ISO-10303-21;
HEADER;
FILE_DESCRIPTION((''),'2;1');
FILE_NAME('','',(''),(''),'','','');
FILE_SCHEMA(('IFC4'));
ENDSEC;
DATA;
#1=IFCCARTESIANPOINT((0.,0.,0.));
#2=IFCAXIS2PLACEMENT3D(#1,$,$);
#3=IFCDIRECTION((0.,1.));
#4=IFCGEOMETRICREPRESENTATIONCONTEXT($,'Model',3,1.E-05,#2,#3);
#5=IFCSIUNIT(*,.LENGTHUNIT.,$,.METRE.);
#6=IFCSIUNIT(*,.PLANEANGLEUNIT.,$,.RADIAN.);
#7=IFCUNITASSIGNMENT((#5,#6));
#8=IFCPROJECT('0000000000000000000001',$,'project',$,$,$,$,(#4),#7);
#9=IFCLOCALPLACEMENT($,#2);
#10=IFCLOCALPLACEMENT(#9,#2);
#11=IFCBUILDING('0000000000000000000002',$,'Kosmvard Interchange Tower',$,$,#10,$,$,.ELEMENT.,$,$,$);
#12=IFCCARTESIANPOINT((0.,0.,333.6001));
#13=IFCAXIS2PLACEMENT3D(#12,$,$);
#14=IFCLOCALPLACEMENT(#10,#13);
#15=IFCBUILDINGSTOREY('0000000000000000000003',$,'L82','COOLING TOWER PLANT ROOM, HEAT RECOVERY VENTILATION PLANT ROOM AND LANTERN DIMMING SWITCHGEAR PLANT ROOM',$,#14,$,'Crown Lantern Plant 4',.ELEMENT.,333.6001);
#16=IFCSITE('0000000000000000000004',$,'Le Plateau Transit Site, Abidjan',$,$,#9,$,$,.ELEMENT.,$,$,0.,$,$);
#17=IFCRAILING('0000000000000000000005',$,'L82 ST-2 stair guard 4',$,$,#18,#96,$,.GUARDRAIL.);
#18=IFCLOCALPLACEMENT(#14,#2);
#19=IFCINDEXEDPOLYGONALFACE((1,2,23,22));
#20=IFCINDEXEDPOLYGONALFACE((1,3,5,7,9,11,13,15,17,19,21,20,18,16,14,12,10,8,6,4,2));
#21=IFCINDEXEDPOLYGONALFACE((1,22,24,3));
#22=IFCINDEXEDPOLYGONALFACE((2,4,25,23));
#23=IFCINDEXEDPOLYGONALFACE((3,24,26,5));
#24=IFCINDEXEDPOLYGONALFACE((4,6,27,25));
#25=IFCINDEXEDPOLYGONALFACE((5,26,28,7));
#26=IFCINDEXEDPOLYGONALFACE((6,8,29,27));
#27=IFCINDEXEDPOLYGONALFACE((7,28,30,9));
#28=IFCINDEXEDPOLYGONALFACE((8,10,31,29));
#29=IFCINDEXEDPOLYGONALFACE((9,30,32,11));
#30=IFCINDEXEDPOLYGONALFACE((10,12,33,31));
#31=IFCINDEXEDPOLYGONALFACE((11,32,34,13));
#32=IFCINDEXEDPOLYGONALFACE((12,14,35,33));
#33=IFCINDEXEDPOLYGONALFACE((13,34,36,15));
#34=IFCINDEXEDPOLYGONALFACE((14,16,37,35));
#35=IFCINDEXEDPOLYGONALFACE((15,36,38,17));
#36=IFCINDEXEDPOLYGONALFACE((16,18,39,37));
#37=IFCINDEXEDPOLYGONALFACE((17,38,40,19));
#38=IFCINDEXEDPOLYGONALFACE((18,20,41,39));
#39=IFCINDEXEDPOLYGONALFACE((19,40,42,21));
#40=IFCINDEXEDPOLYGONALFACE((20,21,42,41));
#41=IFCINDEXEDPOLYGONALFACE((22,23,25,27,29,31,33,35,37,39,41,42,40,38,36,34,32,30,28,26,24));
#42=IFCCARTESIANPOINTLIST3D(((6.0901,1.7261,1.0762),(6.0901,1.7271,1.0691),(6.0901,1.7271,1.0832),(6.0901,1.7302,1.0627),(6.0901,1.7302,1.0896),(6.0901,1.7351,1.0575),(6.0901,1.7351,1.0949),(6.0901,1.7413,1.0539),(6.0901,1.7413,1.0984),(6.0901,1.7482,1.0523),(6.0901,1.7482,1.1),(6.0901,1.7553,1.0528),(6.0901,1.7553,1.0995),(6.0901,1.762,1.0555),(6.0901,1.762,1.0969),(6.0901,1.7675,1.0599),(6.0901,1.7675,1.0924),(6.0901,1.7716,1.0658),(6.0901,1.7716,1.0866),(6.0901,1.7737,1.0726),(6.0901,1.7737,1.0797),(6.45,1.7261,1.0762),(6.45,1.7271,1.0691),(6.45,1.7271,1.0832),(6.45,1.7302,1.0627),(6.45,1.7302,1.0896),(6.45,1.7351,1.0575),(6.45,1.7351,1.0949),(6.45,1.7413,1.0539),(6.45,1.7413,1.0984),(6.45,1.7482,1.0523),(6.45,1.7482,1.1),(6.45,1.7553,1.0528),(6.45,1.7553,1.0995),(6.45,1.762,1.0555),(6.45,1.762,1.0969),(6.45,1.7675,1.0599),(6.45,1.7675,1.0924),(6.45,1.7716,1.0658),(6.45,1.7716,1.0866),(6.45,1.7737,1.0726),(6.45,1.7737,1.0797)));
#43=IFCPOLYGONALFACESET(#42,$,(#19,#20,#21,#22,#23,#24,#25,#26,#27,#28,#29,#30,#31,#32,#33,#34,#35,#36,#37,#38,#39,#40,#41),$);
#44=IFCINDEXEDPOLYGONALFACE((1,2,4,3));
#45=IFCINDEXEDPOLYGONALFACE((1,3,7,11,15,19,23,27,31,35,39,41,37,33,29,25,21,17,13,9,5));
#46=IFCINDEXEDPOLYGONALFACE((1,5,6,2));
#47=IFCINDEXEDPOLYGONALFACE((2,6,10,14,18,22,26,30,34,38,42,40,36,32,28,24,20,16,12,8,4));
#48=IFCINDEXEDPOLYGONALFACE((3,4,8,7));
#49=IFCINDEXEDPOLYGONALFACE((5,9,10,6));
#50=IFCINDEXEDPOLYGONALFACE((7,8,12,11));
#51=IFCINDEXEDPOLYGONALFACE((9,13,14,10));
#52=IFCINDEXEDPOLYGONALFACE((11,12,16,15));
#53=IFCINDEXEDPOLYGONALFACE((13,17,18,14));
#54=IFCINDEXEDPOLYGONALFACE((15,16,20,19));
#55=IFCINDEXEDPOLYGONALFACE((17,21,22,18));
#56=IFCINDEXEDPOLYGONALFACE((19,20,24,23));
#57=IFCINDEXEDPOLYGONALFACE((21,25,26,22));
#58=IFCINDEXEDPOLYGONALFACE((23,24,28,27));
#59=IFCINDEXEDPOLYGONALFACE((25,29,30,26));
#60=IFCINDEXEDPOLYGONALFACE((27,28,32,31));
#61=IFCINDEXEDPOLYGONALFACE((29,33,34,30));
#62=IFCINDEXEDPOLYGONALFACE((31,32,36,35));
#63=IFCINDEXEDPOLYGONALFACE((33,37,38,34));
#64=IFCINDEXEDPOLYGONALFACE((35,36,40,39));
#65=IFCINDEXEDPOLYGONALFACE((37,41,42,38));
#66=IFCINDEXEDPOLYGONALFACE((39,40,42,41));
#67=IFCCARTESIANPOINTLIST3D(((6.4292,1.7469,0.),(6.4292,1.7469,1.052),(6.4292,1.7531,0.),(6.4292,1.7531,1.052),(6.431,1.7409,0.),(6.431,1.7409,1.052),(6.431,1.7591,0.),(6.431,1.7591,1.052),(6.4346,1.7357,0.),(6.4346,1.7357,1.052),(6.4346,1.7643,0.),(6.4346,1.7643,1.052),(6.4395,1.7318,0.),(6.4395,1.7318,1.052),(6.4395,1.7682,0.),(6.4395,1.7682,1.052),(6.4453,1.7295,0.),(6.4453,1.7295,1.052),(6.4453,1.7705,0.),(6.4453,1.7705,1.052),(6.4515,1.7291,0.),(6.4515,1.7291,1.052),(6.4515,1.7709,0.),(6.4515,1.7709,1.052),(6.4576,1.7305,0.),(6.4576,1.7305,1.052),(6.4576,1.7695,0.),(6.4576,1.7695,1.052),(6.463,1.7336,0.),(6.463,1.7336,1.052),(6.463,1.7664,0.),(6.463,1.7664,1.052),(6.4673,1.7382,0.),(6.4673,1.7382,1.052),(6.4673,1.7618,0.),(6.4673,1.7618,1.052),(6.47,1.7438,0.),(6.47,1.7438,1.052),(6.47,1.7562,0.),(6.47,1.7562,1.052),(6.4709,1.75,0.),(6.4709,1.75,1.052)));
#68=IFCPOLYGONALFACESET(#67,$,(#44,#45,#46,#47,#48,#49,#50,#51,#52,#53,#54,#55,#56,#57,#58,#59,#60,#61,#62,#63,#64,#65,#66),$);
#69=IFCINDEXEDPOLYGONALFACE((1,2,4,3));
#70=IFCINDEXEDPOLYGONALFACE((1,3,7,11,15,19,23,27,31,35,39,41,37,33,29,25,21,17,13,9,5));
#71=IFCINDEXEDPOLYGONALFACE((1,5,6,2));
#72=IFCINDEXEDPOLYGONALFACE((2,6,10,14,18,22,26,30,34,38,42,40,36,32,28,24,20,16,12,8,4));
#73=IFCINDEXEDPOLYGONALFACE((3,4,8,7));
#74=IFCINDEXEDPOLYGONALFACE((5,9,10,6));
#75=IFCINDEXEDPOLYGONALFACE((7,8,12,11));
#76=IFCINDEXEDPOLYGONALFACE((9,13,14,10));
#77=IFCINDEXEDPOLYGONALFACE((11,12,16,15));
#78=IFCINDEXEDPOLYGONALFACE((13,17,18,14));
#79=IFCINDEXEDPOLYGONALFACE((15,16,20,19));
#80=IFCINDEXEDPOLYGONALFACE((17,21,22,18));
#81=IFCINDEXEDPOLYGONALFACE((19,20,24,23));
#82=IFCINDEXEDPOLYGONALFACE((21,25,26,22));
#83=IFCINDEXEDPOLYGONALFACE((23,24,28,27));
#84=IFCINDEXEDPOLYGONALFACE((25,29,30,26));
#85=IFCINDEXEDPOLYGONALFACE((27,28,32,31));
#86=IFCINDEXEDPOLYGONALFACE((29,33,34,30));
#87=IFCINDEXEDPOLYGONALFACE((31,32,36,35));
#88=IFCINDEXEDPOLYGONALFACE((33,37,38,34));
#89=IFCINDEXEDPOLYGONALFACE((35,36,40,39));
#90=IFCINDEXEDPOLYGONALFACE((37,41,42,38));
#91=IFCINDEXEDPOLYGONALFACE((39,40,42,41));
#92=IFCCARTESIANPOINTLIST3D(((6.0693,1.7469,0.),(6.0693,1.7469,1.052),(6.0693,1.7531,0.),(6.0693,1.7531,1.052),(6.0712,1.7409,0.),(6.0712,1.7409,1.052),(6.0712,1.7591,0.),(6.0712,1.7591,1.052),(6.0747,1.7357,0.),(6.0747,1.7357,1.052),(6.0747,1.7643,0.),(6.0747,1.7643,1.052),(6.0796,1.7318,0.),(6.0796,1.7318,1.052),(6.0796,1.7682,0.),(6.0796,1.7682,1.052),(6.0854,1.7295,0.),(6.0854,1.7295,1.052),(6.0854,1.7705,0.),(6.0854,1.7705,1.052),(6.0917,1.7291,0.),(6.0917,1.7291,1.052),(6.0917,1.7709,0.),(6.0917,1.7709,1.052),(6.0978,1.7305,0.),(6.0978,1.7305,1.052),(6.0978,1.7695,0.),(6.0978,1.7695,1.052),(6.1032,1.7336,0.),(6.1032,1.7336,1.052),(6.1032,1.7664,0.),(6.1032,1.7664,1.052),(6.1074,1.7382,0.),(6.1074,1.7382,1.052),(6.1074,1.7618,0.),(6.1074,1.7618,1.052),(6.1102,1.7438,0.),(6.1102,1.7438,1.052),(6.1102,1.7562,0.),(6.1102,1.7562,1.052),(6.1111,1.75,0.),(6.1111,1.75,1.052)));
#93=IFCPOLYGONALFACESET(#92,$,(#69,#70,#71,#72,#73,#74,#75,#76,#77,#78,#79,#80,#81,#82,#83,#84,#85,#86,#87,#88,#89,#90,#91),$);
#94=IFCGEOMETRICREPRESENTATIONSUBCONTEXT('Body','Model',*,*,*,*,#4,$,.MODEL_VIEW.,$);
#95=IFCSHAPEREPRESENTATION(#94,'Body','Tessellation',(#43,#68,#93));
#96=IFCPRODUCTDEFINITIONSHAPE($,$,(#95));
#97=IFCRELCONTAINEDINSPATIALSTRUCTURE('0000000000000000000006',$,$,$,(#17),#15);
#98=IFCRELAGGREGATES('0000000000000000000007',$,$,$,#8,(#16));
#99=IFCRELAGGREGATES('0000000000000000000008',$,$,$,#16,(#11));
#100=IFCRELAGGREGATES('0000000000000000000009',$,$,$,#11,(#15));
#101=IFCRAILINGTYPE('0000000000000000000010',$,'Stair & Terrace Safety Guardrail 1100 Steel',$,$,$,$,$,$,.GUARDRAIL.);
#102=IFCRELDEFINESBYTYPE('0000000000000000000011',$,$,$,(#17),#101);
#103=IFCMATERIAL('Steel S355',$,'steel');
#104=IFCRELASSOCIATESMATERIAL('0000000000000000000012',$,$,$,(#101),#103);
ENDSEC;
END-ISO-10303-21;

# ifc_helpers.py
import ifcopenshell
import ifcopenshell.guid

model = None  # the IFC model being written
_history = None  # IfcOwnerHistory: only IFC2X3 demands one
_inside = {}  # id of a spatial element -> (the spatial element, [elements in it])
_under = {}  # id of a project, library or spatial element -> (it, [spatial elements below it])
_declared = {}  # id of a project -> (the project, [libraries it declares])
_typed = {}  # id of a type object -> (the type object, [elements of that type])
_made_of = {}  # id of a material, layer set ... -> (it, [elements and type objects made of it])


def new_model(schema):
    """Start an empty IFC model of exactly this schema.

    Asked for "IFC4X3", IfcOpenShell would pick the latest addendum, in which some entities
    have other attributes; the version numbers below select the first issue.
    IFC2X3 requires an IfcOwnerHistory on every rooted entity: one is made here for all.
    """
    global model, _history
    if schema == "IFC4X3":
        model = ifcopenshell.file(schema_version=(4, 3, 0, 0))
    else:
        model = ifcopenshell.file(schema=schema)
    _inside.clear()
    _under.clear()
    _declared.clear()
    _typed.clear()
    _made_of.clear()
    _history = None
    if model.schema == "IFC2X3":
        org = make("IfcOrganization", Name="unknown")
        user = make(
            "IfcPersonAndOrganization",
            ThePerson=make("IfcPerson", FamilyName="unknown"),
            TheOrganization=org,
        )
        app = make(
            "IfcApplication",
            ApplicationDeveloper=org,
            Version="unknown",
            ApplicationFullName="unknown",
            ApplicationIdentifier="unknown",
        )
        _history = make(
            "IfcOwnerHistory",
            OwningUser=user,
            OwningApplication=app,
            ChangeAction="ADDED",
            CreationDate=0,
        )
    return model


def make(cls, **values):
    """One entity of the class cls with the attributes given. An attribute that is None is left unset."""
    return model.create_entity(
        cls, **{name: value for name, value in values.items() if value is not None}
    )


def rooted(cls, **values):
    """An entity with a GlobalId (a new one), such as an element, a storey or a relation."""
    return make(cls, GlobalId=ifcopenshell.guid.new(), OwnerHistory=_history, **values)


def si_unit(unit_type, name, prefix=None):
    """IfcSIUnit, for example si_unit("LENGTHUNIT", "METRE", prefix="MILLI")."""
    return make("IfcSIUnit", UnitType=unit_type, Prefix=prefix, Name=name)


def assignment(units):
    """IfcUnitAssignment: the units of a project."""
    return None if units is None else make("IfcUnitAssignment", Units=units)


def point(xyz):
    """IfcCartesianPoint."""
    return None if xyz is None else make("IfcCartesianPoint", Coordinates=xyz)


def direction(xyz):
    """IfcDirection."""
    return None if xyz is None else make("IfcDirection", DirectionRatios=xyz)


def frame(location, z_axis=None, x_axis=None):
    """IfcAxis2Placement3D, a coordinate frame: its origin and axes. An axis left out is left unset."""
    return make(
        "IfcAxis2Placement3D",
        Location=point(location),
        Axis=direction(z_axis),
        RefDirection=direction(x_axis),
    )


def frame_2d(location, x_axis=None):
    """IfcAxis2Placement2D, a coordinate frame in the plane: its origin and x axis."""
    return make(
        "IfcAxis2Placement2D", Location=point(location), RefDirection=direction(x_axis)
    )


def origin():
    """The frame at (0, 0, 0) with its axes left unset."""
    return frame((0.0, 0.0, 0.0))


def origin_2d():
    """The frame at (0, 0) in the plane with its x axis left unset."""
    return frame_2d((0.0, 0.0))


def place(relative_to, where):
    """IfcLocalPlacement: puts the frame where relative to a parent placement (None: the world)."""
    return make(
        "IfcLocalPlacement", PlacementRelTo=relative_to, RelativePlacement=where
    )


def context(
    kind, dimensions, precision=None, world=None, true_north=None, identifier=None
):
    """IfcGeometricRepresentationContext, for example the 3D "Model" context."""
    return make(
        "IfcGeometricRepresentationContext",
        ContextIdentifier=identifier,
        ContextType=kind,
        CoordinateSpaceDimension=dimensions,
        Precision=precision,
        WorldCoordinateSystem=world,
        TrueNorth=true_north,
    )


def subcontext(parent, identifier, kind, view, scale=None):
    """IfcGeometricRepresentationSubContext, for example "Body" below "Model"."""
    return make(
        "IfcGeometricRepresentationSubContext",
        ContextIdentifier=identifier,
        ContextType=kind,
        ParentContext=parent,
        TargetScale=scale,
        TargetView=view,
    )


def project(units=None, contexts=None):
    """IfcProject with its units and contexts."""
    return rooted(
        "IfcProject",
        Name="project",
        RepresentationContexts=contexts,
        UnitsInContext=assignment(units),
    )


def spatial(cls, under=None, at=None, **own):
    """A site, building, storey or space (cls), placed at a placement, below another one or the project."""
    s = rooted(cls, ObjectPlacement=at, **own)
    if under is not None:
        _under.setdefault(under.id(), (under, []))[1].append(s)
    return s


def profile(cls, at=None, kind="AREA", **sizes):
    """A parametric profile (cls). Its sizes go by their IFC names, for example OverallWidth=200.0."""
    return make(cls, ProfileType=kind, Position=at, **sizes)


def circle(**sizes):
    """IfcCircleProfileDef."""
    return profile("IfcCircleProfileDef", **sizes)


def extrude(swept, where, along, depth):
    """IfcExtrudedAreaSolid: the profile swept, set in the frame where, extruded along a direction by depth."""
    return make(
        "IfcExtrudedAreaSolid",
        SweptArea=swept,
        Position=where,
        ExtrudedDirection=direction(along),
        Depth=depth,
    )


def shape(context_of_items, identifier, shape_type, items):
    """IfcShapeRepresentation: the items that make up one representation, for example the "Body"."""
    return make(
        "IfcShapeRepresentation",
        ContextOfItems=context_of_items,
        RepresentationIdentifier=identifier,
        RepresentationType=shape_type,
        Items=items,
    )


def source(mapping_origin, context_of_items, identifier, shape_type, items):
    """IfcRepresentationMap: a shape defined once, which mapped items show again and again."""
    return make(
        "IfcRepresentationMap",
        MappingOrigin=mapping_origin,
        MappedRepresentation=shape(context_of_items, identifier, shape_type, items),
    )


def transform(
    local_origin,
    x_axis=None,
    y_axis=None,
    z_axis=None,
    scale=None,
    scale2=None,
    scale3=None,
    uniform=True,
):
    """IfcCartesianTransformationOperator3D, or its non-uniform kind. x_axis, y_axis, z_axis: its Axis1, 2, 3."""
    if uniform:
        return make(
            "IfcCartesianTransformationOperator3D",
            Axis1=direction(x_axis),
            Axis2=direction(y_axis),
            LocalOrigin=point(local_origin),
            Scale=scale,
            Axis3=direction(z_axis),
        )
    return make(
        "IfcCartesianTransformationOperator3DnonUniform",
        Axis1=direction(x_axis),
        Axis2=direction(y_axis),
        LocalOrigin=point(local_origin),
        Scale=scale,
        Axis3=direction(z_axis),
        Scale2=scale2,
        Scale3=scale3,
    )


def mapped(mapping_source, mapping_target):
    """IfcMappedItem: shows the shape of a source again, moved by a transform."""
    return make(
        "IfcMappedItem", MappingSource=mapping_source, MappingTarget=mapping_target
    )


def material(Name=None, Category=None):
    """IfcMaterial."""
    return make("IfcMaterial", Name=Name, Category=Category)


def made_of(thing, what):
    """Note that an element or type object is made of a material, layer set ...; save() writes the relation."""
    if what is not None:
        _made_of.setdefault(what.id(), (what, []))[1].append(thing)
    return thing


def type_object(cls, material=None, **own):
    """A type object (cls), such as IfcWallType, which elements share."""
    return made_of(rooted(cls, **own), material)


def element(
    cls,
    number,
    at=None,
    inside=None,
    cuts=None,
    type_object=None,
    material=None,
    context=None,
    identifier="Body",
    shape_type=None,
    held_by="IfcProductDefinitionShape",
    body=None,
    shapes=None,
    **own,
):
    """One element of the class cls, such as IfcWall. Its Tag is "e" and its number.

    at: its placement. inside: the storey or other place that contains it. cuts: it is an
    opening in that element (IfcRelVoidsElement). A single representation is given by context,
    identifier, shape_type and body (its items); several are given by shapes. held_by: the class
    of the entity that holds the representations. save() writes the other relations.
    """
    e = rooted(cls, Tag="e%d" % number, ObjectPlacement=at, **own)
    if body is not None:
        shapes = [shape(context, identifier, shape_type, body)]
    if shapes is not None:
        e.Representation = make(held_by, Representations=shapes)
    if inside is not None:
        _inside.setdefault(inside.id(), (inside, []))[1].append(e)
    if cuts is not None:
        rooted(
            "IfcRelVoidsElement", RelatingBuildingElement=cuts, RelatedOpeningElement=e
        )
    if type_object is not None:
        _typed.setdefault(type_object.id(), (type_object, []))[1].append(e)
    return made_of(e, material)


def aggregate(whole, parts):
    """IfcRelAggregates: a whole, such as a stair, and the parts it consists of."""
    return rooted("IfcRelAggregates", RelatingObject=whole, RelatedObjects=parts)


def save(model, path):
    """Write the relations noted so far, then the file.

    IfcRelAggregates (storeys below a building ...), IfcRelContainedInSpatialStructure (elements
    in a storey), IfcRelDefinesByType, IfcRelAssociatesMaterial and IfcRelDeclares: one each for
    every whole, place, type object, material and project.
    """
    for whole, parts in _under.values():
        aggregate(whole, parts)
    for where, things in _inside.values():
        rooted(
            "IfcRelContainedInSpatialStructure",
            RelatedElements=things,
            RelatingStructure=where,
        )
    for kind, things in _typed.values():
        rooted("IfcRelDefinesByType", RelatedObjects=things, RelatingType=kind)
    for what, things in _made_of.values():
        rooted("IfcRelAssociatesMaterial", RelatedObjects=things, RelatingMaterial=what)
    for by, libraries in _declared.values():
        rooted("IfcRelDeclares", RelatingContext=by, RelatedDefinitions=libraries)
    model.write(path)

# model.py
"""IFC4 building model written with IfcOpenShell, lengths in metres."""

from ifc_helpers import new_model, si_unit, direction, frame, origin, origin_2d, place, context, subcontext, project, spatial, circle, extrude, source, transform, mapped, material, type_object, element, save


model = new_model("IFC4")

# Units and contexts
model_context = context("Model", 3, precision=1e-05, world=origin(), true_north=direction((0.0, 1.0)))
body_context = subcontext(model_context, "Body", "Model", "MODEL_VIEW")
ifc_project = project(units=[si_unit("LENGTHUNIT", "METRE"), si_unit("PLANEANGLEUNIT", "RADIAN")], contexts=[model_context])

# Site, building, storey
site_placement = place(None, origin())
site = spatial("IfcSite", under=ifc_project, at=site_placement, Name="Le Plateau Transit Site, Abidjan", CompositionType="ELEMENT", RefElevation=0.0)
building_placement = place(site_placement, origin())
building = spatial("IfcBuilding", under=site, at=building_placement, Name="Kosmvard Interchange Tower", CompositionType="ELEMENT")
storey_placement = place(building_placement, frame((0.0, 0.0, 333.6001)))
storey = spatial("IfcBuildingStorey", under=building, at=storey_placement, Name="L82", Description="COOLING TOWER PLANT ROOM, HEAT RECOVERY VENTILATION PLANT ROOM AND LANTERN DIMMING SWITCHGEAR PLANT ROOM", LongName="Crown Lantern Plant 4", CompositionType="ELEMENT", Elevation=333.6001)

# Shared definitions
ifc_material_1 = material(Name="Steel S355", Category="steel")

# Railing
railing_type_1 = type_object("IfcRailingType", Name="Stair & Terrace Safety Guardrail 1100 Steel", PredefinedType="GUARDRAIL", material=ifc_material_1)
shared_shape_1 = source(origin(), body_context, "Body", "SweptSolid", [
    extrude(circle(Radius=0.0239, at=origin_2d()), frame((0.0, 0.0, 1.0762), z_axis=(-1.0, 0.0, 0.0), x_axis=(0.0, -1.0, 0.0)), (0.0, 0.0, 1.0), 0.3599),
    extrude(circle(Radius=0.021, at=origin_2d()), origin(), (0.0, 0.0, 1.0), 1.052),
    extrude(circle(Radius=0.021, at=origin_2d()), frame((-0.3599, 0.0, 0.0)), (0.0, 0.0, 1.0), 1.052),
])
for number, where, name in (
    (1, (6.45, 1.75, 0.0), "L82 ST-2 stair guard 4"),
):
    element("IfcRailing", number, at=place(storey_placement, frame(where)), inside=storey, type_object=railing_type_1, Name=name, PredefinedType="GUARDRAIL", context=body_context, shape_type="MappedRepresentation", body=[
        mapped(shared_shape_1, transform((0.0, 0.0, 0.0), scale=1.0)),
    ])

save(model, "model.ifc")
